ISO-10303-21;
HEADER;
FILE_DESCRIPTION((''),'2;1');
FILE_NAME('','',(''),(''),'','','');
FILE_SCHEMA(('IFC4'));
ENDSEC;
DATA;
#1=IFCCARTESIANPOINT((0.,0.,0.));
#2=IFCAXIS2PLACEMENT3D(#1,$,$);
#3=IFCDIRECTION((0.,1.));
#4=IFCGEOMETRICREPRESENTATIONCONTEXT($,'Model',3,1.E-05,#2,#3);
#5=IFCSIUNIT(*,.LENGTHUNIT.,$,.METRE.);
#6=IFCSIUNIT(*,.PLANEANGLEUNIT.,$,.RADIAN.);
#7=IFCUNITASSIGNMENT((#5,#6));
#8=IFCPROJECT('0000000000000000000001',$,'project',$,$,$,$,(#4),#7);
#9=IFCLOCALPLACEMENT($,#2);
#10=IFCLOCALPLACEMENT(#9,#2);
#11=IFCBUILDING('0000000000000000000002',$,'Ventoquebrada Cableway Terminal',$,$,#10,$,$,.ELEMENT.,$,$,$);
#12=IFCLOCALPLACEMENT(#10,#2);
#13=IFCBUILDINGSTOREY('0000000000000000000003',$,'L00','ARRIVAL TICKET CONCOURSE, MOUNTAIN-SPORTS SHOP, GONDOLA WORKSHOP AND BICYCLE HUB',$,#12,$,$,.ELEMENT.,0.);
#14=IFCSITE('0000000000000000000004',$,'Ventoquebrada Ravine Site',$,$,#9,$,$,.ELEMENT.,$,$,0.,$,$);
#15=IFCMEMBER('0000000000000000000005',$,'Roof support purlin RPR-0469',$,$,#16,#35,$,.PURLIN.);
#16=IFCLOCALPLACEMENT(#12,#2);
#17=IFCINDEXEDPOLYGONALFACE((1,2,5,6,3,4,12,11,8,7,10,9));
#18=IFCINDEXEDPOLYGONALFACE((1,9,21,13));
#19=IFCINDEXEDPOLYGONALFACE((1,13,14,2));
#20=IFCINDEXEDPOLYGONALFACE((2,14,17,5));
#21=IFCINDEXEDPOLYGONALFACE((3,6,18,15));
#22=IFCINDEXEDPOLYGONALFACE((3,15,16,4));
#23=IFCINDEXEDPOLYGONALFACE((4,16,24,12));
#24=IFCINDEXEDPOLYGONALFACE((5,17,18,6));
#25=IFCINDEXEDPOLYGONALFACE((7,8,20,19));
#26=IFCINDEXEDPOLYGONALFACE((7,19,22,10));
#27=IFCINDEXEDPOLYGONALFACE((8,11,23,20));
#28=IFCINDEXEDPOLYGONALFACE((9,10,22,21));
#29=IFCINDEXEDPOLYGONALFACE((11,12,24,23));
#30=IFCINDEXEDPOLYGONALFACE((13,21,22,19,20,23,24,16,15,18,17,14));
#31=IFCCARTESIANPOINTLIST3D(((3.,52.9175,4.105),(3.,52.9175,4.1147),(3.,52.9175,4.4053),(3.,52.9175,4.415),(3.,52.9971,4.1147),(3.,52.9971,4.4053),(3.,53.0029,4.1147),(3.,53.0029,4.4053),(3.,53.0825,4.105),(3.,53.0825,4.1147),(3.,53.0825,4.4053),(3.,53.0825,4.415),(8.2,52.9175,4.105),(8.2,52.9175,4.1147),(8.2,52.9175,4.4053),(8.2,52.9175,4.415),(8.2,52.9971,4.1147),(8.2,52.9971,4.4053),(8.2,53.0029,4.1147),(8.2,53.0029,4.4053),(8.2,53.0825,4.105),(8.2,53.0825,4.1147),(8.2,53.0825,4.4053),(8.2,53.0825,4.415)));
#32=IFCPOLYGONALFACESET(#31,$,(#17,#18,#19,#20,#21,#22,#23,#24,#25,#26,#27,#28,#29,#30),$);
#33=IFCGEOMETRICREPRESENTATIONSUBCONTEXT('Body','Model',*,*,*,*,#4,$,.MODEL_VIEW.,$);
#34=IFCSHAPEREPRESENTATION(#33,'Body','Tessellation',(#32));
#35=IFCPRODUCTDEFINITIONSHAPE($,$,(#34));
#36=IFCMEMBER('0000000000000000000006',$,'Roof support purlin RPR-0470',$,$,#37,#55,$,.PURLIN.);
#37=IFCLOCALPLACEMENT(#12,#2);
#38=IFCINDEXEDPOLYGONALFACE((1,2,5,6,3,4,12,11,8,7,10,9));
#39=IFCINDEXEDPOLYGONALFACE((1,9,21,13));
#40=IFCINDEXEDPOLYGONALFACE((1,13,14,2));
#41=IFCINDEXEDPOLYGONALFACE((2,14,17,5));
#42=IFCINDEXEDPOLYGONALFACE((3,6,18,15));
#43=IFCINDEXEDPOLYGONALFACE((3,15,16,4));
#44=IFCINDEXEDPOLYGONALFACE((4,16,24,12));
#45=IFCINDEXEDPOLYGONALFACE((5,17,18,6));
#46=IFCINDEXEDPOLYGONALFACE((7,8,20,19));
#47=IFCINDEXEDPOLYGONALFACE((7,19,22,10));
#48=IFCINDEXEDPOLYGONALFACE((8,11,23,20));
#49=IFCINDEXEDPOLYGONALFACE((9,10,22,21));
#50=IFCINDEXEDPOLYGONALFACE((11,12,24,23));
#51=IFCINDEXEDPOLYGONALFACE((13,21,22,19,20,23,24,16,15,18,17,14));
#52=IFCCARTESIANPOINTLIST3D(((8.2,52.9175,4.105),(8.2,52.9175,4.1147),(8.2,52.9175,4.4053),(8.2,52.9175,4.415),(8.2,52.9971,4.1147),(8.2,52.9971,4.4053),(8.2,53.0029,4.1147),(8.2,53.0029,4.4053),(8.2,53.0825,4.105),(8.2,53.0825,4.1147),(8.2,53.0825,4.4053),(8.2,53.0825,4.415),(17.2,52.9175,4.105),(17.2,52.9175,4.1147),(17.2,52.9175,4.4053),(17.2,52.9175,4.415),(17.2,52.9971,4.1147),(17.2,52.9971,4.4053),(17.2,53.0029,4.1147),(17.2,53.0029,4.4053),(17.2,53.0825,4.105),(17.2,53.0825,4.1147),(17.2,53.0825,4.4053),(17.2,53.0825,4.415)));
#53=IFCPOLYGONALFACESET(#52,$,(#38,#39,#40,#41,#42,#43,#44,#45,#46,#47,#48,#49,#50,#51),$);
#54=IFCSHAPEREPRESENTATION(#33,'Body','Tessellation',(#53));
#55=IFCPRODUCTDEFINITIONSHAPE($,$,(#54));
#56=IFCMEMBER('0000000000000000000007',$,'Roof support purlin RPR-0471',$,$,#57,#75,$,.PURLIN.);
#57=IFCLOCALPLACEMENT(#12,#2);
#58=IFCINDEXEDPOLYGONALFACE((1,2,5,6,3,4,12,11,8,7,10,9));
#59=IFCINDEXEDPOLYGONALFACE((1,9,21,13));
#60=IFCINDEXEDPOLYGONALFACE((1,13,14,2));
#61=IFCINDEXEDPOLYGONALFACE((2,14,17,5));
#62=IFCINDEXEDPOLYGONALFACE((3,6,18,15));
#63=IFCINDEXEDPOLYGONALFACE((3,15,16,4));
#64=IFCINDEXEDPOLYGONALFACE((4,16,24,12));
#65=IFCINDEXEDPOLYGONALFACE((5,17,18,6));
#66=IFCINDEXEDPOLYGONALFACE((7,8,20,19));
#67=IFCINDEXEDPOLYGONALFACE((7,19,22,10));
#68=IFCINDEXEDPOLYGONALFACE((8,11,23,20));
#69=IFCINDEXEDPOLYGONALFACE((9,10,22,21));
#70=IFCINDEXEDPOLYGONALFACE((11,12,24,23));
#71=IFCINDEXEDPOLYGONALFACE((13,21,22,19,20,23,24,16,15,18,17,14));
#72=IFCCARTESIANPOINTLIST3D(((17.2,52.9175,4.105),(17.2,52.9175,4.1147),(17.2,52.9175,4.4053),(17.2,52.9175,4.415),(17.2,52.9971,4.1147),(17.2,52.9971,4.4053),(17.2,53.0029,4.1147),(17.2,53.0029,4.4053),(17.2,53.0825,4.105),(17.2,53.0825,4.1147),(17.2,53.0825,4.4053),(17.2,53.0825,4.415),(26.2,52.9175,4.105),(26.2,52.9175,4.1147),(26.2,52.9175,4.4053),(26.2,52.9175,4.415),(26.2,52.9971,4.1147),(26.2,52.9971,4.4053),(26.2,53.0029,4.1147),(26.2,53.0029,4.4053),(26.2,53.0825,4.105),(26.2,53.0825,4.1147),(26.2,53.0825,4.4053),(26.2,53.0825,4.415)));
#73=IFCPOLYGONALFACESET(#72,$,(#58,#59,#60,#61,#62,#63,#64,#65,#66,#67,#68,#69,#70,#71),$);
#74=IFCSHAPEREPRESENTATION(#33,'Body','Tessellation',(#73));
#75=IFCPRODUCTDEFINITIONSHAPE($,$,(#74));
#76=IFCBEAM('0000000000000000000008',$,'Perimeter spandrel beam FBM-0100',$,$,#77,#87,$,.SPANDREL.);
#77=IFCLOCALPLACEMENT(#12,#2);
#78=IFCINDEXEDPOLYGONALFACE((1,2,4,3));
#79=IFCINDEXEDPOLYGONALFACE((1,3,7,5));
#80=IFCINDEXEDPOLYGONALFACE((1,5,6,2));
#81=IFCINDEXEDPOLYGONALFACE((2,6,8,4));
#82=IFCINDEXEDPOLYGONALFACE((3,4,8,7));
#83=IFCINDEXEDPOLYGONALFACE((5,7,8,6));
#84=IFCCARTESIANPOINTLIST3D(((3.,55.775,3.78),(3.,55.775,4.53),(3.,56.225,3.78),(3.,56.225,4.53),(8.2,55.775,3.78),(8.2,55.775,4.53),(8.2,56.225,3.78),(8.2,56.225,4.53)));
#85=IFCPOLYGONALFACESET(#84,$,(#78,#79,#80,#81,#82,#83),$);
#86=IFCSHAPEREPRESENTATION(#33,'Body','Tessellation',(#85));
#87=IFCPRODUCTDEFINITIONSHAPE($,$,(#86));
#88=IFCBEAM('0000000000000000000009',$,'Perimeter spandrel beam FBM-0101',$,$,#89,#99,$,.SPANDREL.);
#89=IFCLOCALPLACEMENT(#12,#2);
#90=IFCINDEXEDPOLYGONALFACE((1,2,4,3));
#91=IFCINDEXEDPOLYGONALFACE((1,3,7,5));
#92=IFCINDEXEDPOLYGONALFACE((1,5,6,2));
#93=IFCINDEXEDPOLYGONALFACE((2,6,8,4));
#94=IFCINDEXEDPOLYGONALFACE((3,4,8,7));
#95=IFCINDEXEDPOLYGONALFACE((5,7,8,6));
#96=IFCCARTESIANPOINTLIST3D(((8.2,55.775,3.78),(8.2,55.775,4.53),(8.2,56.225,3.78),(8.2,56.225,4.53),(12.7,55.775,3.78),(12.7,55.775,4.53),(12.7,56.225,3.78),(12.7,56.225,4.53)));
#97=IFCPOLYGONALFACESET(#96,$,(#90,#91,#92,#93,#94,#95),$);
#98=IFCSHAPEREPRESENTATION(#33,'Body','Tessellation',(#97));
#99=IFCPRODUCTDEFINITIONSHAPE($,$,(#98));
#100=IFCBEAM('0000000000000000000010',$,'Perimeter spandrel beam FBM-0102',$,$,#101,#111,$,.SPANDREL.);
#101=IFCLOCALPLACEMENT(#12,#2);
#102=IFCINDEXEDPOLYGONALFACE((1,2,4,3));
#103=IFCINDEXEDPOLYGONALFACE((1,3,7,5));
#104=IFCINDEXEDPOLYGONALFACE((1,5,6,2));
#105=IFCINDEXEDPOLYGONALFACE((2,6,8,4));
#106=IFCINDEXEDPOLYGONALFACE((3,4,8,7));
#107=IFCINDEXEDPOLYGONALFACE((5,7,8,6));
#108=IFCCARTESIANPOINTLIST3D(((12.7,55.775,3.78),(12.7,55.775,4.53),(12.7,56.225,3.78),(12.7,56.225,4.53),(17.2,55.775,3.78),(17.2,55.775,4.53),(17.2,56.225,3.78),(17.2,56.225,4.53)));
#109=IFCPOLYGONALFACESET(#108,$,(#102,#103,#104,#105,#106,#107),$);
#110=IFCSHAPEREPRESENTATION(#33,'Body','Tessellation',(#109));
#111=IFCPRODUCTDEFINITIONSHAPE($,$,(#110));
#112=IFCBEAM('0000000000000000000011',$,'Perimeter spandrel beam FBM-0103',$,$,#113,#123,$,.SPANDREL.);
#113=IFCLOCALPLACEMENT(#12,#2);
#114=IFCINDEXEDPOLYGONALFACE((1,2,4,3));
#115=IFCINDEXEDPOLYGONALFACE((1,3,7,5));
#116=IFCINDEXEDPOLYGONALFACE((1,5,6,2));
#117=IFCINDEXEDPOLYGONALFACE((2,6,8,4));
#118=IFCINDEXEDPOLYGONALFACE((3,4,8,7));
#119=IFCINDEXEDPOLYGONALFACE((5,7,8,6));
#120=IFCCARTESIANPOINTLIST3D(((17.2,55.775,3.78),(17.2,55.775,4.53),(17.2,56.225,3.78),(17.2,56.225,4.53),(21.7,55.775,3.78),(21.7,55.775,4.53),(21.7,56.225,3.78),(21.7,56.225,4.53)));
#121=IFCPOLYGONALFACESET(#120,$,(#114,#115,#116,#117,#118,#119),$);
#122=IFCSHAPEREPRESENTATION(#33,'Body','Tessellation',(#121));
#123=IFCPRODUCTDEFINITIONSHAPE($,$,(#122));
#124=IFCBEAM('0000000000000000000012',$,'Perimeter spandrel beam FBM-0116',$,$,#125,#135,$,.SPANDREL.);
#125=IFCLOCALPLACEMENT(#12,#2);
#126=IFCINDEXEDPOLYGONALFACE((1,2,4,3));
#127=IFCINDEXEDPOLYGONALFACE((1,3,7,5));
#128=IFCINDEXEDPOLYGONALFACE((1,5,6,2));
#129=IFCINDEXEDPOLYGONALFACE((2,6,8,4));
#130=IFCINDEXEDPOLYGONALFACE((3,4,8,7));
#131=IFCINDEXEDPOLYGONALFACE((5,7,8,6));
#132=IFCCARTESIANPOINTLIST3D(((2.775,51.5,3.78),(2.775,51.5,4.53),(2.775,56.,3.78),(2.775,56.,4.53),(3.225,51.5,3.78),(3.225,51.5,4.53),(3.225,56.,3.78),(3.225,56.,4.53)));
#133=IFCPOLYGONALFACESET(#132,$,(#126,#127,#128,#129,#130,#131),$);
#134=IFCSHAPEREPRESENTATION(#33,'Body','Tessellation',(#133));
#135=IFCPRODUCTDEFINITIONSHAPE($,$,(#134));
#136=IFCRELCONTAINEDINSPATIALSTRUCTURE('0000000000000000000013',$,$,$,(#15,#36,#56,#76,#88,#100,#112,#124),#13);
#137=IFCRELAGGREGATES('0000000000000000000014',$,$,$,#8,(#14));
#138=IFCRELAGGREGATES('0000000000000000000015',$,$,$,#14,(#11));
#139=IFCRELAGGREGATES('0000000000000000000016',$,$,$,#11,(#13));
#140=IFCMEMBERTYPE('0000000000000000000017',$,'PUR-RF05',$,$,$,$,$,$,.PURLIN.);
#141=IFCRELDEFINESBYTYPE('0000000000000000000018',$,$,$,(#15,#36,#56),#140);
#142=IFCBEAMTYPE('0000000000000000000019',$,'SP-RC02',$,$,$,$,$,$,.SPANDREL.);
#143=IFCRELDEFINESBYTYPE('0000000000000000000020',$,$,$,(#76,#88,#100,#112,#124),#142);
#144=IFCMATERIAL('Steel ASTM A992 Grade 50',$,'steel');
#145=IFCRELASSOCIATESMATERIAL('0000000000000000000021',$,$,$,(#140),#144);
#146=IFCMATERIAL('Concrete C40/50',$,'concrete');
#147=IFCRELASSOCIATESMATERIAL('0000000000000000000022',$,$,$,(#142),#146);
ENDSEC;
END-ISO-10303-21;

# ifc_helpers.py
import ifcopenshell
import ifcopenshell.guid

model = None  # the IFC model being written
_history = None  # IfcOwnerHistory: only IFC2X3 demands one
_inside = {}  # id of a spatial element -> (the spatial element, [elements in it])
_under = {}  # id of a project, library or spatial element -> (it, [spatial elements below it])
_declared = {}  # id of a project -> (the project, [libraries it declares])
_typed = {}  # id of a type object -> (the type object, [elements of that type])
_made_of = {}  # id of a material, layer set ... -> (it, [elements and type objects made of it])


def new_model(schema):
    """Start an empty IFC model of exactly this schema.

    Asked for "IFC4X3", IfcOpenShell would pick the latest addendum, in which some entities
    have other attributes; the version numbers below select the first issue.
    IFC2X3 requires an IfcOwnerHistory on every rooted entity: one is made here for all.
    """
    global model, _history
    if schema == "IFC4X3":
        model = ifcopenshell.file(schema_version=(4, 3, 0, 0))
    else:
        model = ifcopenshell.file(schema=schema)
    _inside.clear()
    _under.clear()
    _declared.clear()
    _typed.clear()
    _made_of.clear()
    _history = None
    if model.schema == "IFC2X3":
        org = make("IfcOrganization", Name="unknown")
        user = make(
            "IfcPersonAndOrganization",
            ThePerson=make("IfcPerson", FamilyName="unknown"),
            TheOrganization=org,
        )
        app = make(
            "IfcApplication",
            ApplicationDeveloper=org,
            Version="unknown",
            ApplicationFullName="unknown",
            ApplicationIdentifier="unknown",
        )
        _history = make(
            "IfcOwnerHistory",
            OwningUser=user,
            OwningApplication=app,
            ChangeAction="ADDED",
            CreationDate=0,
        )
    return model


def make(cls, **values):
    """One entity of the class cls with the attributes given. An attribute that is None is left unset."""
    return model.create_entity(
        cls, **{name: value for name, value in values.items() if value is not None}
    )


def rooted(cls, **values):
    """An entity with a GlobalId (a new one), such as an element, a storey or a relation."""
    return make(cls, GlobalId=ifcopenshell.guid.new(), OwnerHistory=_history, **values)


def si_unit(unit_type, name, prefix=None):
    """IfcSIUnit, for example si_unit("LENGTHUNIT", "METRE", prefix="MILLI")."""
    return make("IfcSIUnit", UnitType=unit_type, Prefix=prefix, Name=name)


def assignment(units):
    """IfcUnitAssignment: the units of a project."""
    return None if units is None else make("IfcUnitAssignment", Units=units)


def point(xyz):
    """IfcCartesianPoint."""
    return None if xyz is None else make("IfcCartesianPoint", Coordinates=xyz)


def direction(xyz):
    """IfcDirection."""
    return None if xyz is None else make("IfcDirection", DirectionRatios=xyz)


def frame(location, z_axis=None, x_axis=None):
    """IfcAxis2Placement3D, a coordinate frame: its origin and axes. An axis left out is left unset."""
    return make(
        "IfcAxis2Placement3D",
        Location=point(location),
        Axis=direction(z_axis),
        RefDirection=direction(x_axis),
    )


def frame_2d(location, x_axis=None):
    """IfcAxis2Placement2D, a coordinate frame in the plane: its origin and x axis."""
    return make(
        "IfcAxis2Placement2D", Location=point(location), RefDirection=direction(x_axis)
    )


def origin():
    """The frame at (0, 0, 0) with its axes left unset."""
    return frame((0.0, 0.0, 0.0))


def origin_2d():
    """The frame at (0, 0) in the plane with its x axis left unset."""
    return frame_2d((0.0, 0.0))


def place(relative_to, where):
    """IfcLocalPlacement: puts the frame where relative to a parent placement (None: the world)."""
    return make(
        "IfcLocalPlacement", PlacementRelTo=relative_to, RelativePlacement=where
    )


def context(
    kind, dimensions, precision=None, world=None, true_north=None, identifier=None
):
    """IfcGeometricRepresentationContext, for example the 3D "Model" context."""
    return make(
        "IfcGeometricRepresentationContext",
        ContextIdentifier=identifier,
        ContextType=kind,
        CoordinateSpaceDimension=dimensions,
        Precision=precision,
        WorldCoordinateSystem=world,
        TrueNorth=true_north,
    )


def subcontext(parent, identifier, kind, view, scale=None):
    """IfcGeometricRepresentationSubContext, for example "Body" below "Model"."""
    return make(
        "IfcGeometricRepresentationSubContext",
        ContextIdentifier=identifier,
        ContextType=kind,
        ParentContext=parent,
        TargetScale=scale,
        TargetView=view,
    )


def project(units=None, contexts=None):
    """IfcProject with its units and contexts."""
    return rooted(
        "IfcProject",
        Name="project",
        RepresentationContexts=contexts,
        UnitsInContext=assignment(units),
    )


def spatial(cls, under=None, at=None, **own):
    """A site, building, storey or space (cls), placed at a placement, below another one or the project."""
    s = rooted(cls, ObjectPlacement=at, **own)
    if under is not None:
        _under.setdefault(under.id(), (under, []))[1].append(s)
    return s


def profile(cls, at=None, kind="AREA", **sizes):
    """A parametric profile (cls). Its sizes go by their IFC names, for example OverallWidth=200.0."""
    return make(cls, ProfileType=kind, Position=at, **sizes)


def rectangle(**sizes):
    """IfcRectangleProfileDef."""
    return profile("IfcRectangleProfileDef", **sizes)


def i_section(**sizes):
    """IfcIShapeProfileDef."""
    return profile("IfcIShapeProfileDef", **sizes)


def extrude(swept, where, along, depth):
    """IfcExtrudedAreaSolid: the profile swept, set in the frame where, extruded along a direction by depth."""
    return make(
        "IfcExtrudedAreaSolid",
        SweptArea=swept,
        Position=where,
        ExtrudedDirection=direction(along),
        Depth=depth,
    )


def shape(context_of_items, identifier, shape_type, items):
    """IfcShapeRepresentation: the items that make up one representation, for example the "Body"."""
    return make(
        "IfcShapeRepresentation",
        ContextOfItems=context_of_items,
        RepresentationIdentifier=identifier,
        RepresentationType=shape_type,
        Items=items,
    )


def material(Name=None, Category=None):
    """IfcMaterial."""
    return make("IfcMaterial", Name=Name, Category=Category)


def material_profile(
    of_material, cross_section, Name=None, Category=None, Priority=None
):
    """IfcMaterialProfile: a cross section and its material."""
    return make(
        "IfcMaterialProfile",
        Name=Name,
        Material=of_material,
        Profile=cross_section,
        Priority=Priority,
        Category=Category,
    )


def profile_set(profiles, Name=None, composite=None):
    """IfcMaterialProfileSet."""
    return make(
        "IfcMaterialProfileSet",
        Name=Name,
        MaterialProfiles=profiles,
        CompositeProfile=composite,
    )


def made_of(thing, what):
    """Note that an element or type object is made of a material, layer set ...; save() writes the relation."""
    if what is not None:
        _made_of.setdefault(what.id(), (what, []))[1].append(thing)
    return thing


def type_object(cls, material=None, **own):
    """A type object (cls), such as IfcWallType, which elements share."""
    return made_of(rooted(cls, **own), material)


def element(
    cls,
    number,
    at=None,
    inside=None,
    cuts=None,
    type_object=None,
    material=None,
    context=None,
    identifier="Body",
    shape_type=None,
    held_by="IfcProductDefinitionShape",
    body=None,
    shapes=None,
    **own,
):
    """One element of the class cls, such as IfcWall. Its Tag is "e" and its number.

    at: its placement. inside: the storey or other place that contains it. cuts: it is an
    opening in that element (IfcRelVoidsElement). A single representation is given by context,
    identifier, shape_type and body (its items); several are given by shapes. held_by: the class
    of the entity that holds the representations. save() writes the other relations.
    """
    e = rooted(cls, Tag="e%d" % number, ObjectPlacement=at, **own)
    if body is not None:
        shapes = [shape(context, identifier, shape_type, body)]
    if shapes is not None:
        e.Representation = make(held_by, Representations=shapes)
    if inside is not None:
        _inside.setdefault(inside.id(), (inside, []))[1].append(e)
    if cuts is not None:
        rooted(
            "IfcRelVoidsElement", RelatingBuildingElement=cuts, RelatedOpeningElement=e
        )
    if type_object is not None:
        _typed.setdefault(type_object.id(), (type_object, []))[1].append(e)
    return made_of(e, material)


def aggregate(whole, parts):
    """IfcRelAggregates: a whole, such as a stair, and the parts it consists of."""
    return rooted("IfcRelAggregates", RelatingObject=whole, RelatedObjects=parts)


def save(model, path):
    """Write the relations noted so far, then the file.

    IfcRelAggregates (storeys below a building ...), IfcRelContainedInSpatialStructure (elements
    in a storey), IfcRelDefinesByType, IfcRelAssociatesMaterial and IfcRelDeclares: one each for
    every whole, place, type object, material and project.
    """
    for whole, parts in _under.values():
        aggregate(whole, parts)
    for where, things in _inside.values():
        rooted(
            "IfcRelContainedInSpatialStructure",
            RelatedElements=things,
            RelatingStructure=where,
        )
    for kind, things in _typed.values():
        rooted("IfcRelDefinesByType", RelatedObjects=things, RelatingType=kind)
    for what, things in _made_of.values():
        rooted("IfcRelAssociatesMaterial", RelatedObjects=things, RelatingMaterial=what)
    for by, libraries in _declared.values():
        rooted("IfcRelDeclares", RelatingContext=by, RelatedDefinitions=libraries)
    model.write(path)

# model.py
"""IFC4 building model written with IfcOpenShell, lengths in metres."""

from ifc_helpers import new_model, si_unit, direction, frame, origin, origin_2d, place, context, subcontext, project, spatial, rectangle, i_section, extrude, material, material_profile, profile_set, type_object, element, save


model = new_model("IFC4")

# Units and contexts
model_context = context("Model", 3, precision=1e-05, world=origin(), true_north=direction((0.0, 1.0)))
body_context = subcontext(model_context, "Body", "Model", "MODEL_VIEW")
ifc_project = project(units=[si_unit("LENGTHUNIT", "METRE"), si_unit("PLANEANGLEUNIT", "RADIAN")], contexts=[model_context])

# Site, building, storey
site_placement = place(None, origin())
site = spatial("IfcSite", under=ifc_project, at=site_placement, Name="Ventoquebrada Ravine Site", CompositionType="ELEMENT", RefElevation=0.0)
building_placement = place(site_placement, origin())
building = spatial("IfcBuilding", under=site, at=building_placement, Name="Ventoquebrada Cableway Terminal", CompositionType="ELEMENT")
storey_placement = place(building_placement, origin())
storey = spatial("IfcBuildingStorey", under=building, at=storey_placement, Name="L00", Description="ARRIVAL TICKET CONCOURSE, MOUNTAIN-SPORTS SHOP, GONDOLA WORKSHOP AND BICYCLE HUB", CompositionType="ELEMENT", Elevation=0.0)

# Shared definitions
ifc_material_1 = material(Name="Concrete C40/50", Category="concrete")

# Members
ifc_material_2 = material(Name="Steel ASTM A992 Grade 50", Category="steel")
ifc_material_profile_1 = material_profile(ifc_material_2, i_section(OverallWidth=0.165, OverallDepth=0.3101, WebThickness=0.0059, FlangeThickness=0.0098, at=origin_2d()), Name="W12X26")
ifc_profile_set_1 = profile_set([ifc_material_profile_1], Name="Steel ASTM A992 Grade 50")
member_type_1 = type_object("IfcMemberType", Name="PUR-RF05", PredefinedType="PURLIN", material=ifc_profile_set_1)
member_1_placement = place(storey_placement, frame((3.0, 53.0, 4.26), z_axis=(1.0, 0.0, 0.0), x_axis=(0.0, 1.0, 0.0)))
element("IfcMember", 1, at=member_1_placement, inside=storey, type_object=member_type_1, Name="Roof support purlin RPR-0469", PredefinedType="PURLIN", context=body_context, shape_type="SweptSolid", body=[
    extrude(i_section(OverallWidth=0.165, OverallDepth=0.3101, WebThickness=0.0059, FlangeThickness=0.0098, at=origin_2d()), origin(), (0.0, 0.0, 1.0), 5.2),
])
for number, where, z_axis, x_axis, name in (
    (2, (8.2, 53.0, 4.26), (1.0, 0.0, 0.0), (0.0, 1.0, 0.0), "Roof support purlin RPR-0470"),
    (3, (17.2, 53.0, 4.26), (1.0, 0.0, 0.0), (0.0, 1.0, 0.0), "Roof support purlin RPR-0471"),
):
    element("IfcMember", number, at=place(storey_placement, frame(where, z_axis=z_axis, x_axis=x_axis)), inside=storey, type_object=member_type_1, Name=name, PredefinedType="PURLIN", context=body_context, shape_type="SweptSolid", body=[
        extrude(i_section(OverallWidth=0.165, OverallDepth=0.3101, WebThickness=0.0059, FlangeThickness=0.0098, at=origin_2d()), origin(), (0.0, 0.0, 1.0), 9.0),
    ])

# Beams
ifc_material_profile_2 = material_profile(ifc_material_1, rectangle(XDim=0.45, YDim=0.75, at=origin_2d()), Name="RC-BM-450X750")
ifc_profile_set_2 = profile_set([ifc_material_profile_2], Name="Concrete C40/50")
beam_type_1 = type_object("IfcBeamType", Name="SP-RC02", PredefinedType="SPANDREL", material=ifc_profile_set_2)
beam_1_placement = place(storey_placement, frame((3.0, 56.0, 4.155), z_axis=(1.0, 0.0, 0.0), x_axis=(0.0, 1.0, 0.0)))
element("IfcBeam", 4, at=beam_1_placement, inside=storey, type_object=beam_type_1, Name="Perimeter spandrel beam FBM-0100", PredefinedType="SPANDREL", context=body_context, shape_type="SweptSolid", body=[
    extrude(rectangle(XDim=0.45, YDim=0.75, at=origin_2d()), origin(), (0.0, 0.0, 1.0), 5.2),
])
for number, where, z_axis, x_axis, name in (
    (5, (8.2, 56.0, 4.155), (1.0, 0.0, 0.0), (0.0, 1.0, 0.0), "Perimeter spandrel beam FBM-0101"),
    (6, (12.7, 56.0, 4.155), (1.0, 0.0, 0.0), (0.0, 1.0, 0.0), "Perimeter spandrel beam FBM-0102"),
    (7, (17.2, 56.0, 4.155), (1.0, 0.0, 0.0), (0.0, 1.0, 0.0), "Perimeter spandrel beam FBM-0103"),
    (8, (3.0, 51.5, 4.155), (0.0, 1.0, 0.0), (-1.0, 0.0, 0.0), "Perimeter spandrel beam FBM-0116"),
):
    element("IfcBeam", number, at=place(storey_placement, frame(where, z_axis=z_axis, x_axis=x_axis)), inside=storey, type_object=beam_type_1, Name=name, PredefinedType="SPANDREL", context=body_context, shape_type="SweptSolid", body=[
        extrude(rectangle(XDim=0.45, YDim=0.75, at=origin_2d()), origin(), (0.0, 0.0, 1.0), 4.5),
    ])

save(model, "model.ifc")
